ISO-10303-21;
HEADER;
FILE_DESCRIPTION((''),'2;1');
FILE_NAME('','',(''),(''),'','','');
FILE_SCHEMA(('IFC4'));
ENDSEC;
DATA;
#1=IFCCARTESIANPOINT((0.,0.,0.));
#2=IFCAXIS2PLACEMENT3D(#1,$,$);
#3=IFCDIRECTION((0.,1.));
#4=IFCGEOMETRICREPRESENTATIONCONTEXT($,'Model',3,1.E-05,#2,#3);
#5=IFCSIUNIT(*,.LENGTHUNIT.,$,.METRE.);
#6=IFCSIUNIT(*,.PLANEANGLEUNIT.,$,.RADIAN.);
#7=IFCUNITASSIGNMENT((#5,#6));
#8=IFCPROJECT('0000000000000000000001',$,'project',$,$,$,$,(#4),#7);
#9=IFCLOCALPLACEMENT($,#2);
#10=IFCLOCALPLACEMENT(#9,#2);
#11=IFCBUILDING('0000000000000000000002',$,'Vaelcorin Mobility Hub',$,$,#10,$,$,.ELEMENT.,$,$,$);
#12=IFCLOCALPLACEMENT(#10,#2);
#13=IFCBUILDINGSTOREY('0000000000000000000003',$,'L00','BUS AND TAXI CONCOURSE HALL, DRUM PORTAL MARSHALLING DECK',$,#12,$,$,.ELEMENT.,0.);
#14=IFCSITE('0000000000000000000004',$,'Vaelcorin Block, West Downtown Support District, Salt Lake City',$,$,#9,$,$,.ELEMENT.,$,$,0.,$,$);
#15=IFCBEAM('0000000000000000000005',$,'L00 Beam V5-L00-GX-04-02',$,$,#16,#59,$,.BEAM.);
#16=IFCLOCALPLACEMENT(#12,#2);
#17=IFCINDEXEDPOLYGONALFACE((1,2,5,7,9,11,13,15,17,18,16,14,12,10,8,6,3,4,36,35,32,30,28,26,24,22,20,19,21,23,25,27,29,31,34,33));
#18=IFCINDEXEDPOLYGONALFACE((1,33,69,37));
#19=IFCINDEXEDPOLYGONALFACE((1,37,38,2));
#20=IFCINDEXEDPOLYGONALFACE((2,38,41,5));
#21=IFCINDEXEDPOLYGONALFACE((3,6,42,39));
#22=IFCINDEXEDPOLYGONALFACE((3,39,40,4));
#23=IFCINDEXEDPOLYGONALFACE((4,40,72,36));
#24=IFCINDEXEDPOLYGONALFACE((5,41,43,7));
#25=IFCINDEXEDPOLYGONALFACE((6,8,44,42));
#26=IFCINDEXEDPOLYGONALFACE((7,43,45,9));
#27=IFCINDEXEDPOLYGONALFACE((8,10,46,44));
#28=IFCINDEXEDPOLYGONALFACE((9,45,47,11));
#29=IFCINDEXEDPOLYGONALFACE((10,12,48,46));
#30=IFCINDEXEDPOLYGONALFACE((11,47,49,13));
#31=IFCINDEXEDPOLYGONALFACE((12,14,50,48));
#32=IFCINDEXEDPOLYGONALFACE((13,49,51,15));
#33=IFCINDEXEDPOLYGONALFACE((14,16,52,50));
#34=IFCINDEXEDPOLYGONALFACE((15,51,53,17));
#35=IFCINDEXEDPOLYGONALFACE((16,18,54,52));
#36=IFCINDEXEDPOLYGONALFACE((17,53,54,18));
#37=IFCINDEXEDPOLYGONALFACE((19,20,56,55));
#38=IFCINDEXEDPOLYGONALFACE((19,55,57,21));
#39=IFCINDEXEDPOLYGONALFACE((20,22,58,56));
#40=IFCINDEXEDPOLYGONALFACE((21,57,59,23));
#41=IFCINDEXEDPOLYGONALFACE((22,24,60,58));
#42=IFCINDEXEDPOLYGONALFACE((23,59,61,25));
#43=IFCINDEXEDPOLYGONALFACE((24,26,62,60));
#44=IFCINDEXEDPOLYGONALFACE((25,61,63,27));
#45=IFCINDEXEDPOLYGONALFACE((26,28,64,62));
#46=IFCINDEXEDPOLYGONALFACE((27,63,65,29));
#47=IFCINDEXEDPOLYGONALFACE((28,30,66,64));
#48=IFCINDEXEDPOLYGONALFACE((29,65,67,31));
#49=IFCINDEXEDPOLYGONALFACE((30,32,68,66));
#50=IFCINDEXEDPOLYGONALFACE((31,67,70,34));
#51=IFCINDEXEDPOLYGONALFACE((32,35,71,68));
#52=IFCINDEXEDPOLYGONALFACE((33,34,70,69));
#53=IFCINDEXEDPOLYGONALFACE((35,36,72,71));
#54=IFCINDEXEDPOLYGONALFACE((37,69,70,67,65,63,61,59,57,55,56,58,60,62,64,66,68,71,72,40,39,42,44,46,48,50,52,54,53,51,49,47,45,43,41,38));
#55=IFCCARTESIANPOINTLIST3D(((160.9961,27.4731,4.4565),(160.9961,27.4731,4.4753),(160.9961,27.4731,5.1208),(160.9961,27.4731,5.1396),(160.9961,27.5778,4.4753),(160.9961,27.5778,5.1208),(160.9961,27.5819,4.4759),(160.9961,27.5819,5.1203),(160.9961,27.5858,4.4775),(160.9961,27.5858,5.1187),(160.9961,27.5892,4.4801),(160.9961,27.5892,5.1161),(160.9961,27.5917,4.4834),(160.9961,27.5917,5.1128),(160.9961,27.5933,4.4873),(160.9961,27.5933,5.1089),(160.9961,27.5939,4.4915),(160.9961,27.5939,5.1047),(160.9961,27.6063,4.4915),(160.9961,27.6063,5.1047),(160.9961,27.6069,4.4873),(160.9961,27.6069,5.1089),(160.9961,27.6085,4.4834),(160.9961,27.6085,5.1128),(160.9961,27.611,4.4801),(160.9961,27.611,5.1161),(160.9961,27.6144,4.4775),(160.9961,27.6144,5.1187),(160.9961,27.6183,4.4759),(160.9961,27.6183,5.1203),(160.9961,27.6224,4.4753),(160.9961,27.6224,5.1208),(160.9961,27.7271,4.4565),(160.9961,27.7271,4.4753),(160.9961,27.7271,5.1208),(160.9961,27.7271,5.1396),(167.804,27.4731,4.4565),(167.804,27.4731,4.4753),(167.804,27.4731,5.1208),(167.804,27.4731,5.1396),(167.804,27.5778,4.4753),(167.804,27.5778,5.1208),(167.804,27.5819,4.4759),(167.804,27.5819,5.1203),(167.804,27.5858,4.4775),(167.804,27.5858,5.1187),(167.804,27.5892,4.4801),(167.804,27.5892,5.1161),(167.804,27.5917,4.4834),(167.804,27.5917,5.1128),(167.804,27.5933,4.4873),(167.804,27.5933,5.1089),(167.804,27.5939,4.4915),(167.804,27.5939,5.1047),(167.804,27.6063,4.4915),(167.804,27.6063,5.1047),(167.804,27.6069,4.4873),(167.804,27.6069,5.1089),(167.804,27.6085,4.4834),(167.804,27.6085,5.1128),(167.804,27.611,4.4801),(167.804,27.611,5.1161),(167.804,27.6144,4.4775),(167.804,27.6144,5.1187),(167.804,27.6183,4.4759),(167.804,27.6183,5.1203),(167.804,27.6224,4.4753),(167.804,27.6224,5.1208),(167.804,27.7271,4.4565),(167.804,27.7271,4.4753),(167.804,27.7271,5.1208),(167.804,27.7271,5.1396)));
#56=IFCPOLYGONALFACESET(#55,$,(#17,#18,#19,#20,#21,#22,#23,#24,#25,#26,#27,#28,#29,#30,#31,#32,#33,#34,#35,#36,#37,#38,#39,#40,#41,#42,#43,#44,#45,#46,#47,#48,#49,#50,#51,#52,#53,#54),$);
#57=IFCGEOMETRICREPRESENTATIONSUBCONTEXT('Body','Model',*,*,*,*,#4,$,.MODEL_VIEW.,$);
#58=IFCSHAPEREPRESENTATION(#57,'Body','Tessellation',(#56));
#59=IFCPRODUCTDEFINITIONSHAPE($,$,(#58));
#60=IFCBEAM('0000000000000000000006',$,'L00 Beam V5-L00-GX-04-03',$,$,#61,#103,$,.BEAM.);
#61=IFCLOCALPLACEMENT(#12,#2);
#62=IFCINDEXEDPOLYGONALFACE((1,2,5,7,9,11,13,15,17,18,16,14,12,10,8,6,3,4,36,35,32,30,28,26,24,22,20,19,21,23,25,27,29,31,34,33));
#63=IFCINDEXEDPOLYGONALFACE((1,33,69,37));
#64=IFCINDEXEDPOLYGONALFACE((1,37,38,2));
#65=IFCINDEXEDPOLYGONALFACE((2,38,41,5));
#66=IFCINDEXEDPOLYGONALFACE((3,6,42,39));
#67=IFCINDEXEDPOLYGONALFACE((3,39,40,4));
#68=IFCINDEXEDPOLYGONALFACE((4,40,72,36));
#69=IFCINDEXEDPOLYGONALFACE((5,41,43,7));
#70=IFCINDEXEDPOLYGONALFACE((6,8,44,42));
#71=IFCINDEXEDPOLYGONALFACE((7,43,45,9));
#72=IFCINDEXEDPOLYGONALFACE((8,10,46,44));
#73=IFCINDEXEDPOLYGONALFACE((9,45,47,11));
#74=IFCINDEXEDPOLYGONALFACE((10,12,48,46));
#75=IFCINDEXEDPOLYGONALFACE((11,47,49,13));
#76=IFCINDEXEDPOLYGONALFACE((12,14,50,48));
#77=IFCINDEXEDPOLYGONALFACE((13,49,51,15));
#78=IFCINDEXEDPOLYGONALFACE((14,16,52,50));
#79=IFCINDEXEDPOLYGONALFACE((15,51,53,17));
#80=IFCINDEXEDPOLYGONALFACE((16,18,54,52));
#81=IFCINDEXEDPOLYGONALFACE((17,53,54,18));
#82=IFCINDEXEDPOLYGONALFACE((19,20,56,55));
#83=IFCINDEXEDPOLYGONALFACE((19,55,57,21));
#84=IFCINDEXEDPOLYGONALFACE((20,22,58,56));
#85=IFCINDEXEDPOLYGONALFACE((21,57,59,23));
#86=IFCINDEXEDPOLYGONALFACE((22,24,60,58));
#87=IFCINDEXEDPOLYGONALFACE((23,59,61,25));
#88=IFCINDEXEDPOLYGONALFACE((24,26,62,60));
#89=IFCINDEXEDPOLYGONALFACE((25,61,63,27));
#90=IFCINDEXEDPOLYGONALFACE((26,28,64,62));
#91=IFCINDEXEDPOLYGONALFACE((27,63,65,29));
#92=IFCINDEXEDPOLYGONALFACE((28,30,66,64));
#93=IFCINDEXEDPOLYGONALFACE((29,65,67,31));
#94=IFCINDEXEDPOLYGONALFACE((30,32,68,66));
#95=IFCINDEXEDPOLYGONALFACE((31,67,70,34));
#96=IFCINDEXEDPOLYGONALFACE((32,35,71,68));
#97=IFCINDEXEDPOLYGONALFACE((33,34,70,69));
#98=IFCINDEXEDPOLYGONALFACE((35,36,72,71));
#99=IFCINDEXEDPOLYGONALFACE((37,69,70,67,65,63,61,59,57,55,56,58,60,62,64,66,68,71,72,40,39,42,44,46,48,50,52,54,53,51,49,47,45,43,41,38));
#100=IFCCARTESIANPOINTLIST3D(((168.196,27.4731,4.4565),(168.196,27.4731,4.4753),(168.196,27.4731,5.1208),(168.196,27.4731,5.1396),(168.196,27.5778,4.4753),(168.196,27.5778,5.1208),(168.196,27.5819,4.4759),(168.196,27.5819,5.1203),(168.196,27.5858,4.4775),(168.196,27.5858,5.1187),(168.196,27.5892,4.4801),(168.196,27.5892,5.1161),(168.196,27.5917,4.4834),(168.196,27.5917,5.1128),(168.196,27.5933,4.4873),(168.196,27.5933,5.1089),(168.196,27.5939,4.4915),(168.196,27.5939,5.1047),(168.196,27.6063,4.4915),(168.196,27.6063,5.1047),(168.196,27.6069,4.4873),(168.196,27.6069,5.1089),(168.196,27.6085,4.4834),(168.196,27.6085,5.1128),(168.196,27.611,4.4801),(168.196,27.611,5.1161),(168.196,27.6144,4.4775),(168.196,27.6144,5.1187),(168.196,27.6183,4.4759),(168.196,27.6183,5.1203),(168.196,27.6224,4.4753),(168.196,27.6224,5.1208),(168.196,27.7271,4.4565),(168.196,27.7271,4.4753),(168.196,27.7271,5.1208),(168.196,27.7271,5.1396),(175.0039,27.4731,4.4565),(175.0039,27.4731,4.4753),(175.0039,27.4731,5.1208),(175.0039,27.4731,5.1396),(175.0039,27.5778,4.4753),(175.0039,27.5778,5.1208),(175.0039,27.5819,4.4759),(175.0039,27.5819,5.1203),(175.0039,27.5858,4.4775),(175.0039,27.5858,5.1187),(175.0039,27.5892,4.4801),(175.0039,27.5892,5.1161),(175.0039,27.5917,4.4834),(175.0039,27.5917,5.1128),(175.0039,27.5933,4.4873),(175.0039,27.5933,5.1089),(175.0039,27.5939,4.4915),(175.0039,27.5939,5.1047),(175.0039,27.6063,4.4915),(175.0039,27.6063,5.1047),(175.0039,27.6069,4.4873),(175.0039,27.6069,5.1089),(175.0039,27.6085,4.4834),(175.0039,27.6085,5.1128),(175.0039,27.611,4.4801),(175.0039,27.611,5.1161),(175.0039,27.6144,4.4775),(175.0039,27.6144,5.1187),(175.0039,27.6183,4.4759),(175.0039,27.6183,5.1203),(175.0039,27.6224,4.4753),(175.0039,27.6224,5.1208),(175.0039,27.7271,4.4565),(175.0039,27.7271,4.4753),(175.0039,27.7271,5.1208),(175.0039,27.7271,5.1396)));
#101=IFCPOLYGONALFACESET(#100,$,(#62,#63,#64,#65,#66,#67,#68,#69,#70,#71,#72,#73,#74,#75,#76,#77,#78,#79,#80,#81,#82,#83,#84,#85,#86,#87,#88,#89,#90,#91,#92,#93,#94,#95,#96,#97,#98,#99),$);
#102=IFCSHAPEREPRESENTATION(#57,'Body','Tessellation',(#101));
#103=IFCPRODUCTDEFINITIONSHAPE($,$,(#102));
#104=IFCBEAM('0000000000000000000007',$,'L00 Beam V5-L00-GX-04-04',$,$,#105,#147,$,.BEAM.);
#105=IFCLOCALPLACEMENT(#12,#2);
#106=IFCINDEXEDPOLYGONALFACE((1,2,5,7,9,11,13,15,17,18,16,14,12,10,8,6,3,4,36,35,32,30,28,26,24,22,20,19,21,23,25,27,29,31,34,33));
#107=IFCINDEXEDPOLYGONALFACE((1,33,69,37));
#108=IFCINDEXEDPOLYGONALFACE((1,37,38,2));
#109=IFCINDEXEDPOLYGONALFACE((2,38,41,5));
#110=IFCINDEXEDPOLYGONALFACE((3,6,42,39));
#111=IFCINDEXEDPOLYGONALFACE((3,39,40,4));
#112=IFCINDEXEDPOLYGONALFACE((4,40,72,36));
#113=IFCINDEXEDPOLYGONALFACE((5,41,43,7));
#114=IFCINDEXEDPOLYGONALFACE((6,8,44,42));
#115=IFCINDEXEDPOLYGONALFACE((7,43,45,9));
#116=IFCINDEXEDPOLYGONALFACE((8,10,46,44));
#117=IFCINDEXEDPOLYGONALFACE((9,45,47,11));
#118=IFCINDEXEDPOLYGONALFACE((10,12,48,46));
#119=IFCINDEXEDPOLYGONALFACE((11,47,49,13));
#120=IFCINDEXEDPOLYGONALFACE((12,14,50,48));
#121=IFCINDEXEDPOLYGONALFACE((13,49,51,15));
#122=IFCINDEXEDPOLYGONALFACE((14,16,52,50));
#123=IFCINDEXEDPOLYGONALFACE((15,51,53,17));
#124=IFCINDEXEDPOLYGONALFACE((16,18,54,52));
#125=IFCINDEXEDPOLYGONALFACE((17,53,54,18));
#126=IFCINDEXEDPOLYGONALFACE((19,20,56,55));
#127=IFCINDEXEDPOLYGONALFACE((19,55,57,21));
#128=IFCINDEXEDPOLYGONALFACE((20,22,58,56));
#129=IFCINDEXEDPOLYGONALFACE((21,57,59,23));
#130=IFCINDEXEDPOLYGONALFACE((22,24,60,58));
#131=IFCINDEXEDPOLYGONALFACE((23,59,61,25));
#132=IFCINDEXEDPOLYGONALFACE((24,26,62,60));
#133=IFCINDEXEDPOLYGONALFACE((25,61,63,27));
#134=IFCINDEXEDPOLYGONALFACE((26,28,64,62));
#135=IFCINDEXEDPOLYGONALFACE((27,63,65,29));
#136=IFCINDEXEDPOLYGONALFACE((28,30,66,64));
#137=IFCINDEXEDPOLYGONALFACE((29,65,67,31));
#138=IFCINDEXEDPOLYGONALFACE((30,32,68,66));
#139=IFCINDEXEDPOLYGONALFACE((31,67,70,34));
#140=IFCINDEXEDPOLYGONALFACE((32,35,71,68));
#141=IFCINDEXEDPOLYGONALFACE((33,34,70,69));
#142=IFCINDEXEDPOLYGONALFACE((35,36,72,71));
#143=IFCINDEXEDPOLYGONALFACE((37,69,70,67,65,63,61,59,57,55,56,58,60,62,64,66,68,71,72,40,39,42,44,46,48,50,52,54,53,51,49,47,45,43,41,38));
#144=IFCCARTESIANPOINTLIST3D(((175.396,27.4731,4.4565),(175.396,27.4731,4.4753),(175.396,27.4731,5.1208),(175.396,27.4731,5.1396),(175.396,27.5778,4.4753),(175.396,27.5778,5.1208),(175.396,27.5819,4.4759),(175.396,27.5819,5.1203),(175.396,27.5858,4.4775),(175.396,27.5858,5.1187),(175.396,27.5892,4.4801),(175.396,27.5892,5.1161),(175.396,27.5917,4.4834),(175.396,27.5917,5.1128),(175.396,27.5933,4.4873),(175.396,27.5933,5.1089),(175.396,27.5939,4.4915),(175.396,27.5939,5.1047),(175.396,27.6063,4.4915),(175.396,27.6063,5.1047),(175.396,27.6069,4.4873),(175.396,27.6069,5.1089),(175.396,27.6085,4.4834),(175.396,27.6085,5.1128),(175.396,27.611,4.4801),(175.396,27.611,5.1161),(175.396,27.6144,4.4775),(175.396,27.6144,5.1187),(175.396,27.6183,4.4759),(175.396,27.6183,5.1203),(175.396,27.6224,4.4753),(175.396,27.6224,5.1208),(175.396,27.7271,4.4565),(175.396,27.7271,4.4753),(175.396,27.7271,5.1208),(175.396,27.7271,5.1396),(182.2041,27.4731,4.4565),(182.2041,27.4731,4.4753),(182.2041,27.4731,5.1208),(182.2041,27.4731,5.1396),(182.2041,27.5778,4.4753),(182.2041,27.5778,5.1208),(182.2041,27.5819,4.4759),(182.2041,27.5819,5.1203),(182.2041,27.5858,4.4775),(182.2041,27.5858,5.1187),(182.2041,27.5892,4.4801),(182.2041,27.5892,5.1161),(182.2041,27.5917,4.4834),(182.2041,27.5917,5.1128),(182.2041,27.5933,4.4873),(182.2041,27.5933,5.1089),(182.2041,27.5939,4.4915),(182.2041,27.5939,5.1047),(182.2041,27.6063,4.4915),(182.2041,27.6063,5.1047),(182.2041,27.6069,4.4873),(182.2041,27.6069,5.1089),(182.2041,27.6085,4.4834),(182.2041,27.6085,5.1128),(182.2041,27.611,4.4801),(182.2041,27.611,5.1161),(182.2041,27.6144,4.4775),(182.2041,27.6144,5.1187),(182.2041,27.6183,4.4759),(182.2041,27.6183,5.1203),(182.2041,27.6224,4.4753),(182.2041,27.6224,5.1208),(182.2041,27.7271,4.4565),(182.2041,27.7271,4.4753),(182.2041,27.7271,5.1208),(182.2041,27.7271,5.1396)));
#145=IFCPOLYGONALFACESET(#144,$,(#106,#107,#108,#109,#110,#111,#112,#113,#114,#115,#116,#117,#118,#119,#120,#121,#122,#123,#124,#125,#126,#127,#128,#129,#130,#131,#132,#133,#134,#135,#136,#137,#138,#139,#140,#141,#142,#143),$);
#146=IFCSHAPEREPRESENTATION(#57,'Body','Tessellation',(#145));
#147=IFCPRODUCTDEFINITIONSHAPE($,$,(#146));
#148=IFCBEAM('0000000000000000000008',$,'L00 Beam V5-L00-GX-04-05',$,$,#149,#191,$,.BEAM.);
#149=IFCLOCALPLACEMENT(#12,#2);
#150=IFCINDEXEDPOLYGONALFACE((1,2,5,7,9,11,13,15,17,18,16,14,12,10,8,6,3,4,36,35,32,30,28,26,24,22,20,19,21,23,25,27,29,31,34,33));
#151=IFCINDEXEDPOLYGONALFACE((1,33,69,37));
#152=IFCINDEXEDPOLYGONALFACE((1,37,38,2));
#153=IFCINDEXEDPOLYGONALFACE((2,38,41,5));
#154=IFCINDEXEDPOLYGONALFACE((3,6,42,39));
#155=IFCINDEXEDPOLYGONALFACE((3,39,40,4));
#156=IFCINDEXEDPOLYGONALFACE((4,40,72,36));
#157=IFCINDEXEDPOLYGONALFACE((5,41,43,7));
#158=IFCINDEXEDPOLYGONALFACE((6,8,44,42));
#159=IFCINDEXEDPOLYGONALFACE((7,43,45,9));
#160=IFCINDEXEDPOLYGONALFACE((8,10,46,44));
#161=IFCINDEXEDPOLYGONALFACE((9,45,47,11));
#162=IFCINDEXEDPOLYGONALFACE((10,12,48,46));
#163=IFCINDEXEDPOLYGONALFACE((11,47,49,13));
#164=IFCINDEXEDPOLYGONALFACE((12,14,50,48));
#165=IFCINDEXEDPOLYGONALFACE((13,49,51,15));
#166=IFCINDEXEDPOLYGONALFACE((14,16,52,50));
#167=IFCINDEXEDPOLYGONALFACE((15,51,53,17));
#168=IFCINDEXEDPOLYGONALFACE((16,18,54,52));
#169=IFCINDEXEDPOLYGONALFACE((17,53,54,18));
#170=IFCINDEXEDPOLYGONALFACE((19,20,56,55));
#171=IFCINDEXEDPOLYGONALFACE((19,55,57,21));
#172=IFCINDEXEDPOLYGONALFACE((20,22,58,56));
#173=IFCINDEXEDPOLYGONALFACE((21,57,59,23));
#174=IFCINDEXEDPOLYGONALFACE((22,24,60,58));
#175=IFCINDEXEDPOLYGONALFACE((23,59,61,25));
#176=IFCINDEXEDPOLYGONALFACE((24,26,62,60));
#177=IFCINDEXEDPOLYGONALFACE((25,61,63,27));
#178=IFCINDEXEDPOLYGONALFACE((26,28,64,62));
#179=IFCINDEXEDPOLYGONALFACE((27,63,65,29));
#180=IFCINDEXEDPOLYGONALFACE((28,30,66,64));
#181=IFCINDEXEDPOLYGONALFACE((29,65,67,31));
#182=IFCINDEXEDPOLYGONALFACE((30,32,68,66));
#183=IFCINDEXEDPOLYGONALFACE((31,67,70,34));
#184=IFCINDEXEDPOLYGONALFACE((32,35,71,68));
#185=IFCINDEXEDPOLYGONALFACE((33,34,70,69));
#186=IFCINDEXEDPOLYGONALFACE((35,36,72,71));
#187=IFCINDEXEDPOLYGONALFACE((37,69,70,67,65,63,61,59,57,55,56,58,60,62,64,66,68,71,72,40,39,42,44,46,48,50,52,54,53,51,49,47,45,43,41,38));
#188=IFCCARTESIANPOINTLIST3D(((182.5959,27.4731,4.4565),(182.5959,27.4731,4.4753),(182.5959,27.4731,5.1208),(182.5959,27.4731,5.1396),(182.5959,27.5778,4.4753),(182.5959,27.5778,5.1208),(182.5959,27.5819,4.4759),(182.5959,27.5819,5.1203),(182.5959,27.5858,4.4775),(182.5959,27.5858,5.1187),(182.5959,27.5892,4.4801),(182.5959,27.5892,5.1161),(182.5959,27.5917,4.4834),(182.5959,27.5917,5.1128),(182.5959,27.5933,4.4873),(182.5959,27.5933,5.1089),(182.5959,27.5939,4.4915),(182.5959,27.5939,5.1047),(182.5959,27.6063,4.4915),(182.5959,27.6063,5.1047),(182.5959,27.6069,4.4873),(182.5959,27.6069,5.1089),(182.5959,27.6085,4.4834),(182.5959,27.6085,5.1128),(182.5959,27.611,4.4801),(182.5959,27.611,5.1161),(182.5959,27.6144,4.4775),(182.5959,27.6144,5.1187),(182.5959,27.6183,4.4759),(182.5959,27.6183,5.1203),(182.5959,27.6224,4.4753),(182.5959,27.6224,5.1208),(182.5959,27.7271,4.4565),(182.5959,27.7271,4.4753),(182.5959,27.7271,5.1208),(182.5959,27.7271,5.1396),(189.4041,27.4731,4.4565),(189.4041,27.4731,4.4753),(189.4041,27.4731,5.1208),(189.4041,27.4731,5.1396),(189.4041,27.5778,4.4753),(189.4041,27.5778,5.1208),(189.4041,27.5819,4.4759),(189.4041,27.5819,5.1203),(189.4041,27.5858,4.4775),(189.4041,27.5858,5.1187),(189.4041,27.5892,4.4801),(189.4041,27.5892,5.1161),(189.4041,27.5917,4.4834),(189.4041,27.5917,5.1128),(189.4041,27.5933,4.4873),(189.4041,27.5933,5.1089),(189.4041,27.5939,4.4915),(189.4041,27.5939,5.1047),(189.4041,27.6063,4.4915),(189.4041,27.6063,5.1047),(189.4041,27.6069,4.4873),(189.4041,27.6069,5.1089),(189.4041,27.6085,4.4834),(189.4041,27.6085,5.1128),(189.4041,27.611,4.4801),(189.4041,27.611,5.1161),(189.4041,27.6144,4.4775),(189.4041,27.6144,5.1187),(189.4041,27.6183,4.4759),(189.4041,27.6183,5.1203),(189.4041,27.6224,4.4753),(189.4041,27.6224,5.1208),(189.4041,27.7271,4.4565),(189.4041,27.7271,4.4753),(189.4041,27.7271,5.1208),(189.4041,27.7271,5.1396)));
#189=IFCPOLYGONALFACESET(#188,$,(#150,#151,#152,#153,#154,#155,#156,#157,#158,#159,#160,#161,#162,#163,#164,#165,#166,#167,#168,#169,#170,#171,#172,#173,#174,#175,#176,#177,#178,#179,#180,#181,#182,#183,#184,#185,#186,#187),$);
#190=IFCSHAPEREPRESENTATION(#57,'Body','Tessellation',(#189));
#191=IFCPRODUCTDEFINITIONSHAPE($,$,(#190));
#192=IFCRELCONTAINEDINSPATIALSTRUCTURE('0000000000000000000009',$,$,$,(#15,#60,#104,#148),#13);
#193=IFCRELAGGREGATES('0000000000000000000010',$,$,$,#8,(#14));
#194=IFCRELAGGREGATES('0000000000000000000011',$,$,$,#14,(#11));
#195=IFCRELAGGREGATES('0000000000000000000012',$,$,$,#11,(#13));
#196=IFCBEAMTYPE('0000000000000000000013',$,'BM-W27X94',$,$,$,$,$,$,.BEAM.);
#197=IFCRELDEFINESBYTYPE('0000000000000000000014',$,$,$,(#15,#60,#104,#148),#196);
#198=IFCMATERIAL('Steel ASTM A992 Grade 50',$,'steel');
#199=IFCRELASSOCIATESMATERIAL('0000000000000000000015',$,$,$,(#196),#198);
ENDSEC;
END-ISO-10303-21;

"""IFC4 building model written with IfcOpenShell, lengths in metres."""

from ifc_helpers import new_model, si_unit, direction, frame, origin, origin_2d, place, context, subcontext, project, spatial, i_section, extrude, material, material_profile, profile_set, type_object, element, save


model = new_model("IFC4")

# Units and contexts
model_context = context("Model", 3, precision=1e-05, world=origin(), true_north=direction((0.0, 1.0)))
body_context = subcontext(model_context, "Body", "Model", "MODEL_VIEW")
ifc_project = project(units=[si_unit("LENGTHUNIT", "METRE"), si_unit("PLANEANGLEUNIT", "RADIAN")], contexts=[model_context])

# Site, building, storey
site_placement = place(None, origin())
site = spatial("IfcSite", under=ifc_project, at=site_placement, Name="Vaelcorin Block, West Downtown Support District, Salt Lake City", CompositionType="ELEMENT", RefElevation=0.0)
building_placement = place(site_placement, origin())
building = spatial("IfcBuilding", under=site, at=building_placement, Name="Vaelcorin Mobility Hub", CompositionType="ELEMENT")
storey_placement = place(building_placement, origin())
storey = spatial("IfcBuildingStorey", under=building, at=storey_placement, Name="L00", Description="BUS AND TAXI CONCOURSE HALL, DRUM PORTAL MARSHALLING DECK", CompositionType="ELEMENT", Elevation=0.0)

# Shared definitions
ifc_material_1 = material(Name="Steel ASTM A992 Grade 50", Category="steel")

# Beams
ifc_material_profile_1 = material_profile(ifc_material_1, i_section(OverallWidth=0.2539, OverallDepth=0.6831, WebThickness=0.0125, FlangeThickness=0.0188, FilletRadius=0.0161, at=origin_2d()), Name="W27X94")
ifc_profile_set_1 = profile_set([ifc_material_profile_1], Name="Steel ASTM A992 Grade 50")
beam_type_1 = type_object("IfcBeamType", Name="BM-W27X94", PredefinedType="BEAM", material=ifc_profile_set_1)
for number, where, z_axis, x_axis, name in (
    (1, (160.9961, 27.6001, 4.7981), (1.0, 0.0, 0.0), (0.0, 1.0, 0.0), "L00 Beam V5-L00-GX-04-02"),
    (2, (168.196, 27.6001, 4.7981), (1.0, 0.0, 0.0), (0.0, 1.0, 0.0), "L00 Beam V5-L00-GX-04-03"),
):
    element("IfcBeam", number, at=place(storey_placement, frame(where, z_axis=z_axis, x_axis=x_axis)), inside=storey, type_object=beam_type_1, Name=name, PredefinedType="BEAM", context=body_context, shape_type="SweptSolid", body=[
        extrude(i_section(OverallWidth=0.2539, OverallDepth=0.6831, WebThickness=0.0125, FlangeThickness=0.0188, FilletRadius=0.0161, at=origin_2d()), origin(), (0.0, 0.0, 1.0), 6.8079),
    ])
for number, where, z_axis, x_axis, name in (
    (3, (175.396, 27.6001, 4.7981), (1.0, 0.0, 0.0), (0.0, 1.0, 0.0), "L00 Beam V5-L00-GX-04-04"),
    (4, (182.5959, 27.6001, 4.7981), (1.0, 0.0, 0.0), (0.0, 1.0, 0.0), "L00 Beam V5-L00-GX-04-05"),
):
    element("IfcBeam", number, at=place(storey_placement, frame(where, z_axis=z_axis, x_axis=x_axis)), inside=storey, type_object=beam_type_1, Name=name, PredefinedType="BEAM", context=body_context, shape_type="SweptSolid", body=[
        extrude(i_section(OverallWidth=0.2539, OverallDepth=0.6831, WebThickness=0.0125, FlangeThickness=0.0188, FilletRadius=0.0161, at=origin_2d()), origin(), (0.0, 0.0, 1.0), 6.8081),
    ])

save(model, "model.ifc")
